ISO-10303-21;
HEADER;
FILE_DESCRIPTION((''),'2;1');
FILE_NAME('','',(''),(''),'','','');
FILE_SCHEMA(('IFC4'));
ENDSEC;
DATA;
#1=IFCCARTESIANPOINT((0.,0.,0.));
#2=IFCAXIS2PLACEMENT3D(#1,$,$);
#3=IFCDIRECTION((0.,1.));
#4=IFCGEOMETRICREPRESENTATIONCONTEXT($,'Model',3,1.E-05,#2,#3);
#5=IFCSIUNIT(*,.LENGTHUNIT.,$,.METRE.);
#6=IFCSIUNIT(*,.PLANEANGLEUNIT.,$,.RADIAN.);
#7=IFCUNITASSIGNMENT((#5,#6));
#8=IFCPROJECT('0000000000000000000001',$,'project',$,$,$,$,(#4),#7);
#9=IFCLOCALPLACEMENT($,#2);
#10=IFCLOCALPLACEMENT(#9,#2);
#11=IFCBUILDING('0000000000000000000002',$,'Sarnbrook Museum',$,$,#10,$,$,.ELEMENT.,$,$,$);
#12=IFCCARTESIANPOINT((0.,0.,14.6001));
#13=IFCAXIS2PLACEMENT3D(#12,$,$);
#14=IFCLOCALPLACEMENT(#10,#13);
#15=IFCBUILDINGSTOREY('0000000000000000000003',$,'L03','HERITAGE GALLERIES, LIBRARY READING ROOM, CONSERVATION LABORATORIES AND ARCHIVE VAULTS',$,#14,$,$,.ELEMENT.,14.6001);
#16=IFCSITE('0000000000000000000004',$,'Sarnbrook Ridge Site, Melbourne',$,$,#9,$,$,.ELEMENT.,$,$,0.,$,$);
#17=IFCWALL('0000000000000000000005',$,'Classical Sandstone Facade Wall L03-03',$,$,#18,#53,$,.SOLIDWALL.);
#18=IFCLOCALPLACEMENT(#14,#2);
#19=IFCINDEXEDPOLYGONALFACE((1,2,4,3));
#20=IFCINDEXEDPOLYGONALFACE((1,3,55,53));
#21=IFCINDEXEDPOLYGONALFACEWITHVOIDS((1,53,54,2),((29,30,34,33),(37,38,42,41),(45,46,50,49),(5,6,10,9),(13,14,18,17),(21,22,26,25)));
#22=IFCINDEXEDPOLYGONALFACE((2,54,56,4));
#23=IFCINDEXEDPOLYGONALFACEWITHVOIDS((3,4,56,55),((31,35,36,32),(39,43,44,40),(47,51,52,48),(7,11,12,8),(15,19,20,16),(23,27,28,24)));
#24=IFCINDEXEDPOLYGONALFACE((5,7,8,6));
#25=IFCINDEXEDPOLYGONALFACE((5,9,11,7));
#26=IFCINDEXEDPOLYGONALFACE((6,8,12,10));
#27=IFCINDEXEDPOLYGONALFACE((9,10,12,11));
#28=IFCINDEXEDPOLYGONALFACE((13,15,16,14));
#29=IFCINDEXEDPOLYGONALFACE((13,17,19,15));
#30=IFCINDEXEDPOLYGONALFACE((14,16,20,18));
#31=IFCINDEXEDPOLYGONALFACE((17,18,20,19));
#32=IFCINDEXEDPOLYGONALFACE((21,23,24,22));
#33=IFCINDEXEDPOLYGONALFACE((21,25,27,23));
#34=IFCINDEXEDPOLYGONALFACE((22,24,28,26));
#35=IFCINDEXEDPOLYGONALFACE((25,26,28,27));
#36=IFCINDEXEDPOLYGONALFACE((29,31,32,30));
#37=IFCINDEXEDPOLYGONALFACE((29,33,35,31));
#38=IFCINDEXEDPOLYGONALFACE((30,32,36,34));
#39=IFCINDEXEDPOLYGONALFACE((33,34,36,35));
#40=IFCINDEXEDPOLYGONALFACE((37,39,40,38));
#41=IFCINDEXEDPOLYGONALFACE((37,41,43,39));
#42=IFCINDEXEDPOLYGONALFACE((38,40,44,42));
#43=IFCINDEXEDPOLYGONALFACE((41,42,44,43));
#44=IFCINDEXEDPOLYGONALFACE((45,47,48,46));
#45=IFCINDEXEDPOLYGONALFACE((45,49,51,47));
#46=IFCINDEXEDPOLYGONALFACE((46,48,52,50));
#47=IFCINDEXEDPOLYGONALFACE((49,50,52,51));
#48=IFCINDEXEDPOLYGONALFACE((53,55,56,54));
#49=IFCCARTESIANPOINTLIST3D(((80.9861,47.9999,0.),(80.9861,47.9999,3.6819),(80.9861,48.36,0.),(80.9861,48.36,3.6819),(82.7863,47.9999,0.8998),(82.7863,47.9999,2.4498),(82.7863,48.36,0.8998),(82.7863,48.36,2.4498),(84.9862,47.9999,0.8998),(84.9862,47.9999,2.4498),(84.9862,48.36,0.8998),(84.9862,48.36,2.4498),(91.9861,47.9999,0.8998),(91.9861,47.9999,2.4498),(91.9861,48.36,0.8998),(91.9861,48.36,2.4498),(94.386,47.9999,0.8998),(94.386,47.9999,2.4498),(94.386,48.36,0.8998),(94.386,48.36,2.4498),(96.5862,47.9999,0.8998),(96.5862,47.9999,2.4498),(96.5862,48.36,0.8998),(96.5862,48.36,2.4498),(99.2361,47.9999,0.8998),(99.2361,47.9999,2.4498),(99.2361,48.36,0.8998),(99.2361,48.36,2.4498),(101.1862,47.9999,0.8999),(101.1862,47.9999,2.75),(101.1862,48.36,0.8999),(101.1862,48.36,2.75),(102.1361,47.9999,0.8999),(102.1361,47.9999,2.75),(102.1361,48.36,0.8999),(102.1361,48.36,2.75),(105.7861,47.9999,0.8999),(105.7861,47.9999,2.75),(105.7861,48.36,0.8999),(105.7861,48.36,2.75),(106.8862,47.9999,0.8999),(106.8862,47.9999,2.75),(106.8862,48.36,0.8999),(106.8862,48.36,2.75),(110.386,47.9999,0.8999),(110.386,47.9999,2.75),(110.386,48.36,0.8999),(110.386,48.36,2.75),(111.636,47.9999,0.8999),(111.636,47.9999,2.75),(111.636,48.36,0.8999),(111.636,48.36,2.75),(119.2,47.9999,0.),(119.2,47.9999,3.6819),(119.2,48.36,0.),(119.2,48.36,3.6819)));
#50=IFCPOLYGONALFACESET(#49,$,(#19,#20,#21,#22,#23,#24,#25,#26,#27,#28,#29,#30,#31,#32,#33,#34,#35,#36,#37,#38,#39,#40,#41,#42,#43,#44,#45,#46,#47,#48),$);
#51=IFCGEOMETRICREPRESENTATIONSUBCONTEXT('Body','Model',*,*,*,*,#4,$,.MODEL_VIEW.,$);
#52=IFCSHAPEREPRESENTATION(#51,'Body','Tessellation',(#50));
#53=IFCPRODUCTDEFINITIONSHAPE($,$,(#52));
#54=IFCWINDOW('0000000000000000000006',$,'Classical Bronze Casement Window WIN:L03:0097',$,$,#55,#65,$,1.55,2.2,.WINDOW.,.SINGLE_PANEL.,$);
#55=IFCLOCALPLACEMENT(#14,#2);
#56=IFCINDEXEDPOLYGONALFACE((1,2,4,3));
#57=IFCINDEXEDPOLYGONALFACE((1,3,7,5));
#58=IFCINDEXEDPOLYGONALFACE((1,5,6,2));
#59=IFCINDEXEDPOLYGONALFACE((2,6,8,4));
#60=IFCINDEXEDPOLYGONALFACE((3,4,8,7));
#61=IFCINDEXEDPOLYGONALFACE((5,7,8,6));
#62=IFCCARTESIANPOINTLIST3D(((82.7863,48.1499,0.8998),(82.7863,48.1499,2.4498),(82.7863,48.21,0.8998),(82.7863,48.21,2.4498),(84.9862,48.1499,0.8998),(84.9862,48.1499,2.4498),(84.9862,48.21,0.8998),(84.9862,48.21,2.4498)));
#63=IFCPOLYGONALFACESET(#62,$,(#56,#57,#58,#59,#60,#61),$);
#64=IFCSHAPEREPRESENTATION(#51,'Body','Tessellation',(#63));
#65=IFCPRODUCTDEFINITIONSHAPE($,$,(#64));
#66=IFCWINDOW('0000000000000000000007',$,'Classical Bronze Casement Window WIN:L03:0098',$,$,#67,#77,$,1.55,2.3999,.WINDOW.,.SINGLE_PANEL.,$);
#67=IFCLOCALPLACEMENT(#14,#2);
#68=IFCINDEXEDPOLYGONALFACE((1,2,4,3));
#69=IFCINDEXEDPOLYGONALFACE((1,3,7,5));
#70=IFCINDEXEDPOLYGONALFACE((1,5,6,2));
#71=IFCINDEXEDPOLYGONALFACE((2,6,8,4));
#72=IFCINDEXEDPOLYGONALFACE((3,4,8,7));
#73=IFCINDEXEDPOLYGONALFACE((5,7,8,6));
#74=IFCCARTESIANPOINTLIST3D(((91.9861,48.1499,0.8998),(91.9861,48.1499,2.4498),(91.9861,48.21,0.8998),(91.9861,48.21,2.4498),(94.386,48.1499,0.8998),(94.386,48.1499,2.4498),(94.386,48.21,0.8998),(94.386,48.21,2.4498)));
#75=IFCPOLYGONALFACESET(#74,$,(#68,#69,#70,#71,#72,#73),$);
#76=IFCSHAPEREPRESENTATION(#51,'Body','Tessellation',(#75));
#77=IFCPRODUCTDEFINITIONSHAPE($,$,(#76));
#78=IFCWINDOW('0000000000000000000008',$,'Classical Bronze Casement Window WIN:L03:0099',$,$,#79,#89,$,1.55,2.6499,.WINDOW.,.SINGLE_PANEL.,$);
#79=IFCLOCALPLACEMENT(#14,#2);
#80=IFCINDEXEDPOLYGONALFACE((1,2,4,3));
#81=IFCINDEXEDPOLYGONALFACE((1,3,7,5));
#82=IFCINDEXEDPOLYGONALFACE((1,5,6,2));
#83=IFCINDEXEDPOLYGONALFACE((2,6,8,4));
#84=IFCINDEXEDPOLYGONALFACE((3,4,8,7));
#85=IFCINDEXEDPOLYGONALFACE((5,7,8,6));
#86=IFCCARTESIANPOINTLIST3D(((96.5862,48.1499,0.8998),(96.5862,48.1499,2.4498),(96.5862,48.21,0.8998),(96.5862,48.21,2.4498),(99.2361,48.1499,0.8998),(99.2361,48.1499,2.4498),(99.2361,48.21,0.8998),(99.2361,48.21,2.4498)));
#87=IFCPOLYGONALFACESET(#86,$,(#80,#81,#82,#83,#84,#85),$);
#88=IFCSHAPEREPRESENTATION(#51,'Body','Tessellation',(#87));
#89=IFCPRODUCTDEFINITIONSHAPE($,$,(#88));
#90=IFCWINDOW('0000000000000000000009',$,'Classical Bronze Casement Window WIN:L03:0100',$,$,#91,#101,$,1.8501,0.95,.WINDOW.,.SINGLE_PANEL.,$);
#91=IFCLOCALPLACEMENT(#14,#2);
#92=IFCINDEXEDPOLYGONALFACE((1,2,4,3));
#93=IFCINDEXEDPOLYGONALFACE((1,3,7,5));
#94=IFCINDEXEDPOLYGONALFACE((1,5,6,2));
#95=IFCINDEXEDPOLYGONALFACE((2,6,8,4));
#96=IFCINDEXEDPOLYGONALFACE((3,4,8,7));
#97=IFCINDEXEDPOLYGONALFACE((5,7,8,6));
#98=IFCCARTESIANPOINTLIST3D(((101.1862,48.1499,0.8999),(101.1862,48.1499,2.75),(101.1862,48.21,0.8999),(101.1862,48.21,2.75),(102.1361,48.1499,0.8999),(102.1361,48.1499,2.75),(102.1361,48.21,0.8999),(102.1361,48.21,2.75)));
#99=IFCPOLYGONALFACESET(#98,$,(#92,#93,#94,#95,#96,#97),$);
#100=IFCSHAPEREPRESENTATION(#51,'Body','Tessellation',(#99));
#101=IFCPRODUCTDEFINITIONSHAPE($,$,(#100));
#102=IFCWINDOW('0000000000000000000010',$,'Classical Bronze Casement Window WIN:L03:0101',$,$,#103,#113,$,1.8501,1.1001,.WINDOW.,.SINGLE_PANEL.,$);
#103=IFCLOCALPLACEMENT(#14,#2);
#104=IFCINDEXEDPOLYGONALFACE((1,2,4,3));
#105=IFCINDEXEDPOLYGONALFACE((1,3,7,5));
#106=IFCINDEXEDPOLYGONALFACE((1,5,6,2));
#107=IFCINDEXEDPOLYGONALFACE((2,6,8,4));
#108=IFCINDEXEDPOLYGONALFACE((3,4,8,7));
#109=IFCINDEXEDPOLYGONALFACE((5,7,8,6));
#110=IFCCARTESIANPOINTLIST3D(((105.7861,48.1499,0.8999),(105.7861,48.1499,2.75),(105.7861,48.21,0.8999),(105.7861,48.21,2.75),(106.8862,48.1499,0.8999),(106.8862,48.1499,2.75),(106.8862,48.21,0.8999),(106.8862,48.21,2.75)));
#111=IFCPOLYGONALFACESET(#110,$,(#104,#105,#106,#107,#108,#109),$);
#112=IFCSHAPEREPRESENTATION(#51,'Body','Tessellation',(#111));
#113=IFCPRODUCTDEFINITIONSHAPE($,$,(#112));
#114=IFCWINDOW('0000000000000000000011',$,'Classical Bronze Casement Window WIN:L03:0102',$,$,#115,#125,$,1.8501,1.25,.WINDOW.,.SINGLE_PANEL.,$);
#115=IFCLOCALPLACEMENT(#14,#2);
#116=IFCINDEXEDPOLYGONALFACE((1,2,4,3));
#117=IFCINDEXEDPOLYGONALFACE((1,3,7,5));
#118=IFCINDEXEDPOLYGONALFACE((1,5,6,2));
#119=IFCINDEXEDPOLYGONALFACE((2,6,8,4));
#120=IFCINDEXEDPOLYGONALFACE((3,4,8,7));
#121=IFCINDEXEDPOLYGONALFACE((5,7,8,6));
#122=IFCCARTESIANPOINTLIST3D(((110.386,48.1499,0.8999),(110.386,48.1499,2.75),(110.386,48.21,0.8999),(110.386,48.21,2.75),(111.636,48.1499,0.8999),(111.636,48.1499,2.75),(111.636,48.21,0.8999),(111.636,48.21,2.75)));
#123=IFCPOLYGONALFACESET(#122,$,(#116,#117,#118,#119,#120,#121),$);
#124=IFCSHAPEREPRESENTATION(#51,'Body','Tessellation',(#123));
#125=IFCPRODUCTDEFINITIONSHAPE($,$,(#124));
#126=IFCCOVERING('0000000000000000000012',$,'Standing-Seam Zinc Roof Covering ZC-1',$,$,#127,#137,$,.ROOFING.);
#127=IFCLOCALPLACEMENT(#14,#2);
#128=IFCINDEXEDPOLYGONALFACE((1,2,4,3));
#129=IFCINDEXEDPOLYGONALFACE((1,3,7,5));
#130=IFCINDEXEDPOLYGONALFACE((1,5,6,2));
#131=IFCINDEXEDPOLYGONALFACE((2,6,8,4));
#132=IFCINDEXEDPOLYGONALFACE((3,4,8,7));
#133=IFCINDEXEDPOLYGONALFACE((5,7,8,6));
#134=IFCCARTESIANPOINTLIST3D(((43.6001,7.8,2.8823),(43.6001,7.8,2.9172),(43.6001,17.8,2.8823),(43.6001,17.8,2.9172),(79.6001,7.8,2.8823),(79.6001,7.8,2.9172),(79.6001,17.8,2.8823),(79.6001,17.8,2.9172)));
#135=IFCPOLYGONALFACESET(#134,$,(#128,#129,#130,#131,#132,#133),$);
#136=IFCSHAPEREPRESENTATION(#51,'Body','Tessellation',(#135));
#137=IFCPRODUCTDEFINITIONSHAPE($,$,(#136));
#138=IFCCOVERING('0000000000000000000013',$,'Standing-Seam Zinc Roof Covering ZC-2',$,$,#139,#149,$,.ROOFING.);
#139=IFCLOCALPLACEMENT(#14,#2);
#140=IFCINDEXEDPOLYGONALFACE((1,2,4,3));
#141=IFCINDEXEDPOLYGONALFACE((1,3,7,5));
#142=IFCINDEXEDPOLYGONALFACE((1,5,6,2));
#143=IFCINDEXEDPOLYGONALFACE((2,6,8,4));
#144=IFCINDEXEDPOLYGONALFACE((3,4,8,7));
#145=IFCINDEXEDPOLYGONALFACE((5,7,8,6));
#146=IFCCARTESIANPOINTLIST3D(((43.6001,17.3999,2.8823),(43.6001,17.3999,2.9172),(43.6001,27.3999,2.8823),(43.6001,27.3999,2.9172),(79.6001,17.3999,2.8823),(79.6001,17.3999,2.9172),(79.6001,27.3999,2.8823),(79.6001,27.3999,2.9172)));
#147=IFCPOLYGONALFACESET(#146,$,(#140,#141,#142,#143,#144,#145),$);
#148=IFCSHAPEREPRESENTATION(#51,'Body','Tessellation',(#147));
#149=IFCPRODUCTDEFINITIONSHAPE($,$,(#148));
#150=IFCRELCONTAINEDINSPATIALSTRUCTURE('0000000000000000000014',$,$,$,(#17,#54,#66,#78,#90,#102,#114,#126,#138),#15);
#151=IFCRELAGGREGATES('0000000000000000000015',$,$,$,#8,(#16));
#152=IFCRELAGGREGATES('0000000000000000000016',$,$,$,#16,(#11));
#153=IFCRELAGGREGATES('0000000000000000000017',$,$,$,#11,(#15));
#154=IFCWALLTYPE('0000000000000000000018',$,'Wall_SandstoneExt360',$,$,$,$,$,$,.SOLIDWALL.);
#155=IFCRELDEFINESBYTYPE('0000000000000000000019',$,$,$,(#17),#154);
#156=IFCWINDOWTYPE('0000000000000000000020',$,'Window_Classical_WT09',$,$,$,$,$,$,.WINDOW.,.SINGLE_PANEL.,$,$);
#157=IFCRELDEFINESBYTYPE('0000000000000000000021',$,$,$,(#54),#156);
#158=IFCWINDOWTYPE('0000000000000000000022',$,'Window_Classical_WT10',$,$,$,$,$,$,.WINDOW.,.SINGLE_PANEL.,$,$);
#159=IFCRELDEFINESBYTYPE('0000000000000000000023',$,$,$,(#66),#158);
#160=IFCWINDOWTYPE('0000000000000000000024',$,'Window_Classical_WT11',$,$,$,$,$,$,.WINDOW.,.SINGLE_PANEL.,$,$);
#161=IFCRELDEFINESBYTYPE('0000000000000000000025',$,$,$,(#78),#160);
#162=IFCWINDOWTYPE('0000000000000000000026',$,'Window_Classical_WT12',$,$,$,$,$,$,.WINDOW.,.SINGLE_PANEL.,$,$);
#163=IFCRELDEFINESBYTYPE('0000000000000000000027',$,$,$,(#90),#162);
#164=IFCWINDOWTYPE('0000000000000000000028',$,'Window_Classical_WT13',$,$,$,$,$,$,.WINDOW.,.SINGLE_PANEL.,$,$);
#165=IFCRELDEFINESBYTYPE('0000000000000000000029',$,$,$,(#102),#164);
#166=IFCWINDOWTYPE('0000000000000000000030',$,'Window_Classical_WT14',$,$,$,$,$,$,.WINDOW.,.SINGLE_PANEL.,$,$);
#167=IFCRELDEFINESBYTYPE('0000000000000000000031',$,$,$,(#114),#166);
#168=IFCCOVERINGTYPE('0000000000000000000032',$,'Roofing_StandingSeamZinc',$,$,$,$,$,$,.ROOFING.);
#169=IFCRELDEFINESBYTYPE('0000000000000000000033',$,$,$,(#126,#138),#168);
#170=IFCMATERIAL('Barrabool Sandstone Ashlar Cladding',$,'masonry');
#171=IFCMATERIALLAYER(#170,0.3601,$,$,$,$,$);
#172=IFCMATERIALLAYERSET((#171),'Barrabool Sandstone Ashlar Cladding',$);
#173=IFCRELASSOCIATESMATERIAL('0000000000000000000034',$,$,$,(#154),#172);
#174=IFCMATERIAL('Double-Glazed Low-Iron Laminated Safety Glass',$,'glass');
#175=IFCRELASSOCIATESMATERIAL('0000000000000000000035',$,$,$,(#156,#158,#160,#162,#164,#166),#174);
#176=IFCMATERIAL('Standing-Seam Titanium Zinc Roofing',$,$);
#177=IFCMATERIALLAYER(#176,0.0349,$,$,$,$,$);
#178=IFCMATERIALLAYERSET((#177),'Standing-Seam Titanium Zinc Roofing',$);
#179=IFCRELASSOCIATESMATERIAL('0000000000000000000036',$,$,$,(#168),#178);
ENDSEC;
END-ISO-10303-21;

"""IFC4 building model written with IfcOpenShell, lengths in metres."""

from ifc_helpers import new_model, si_unit, direction, frame, frame_2d, origin, origin_2d, place, context, subcontext, project, spatial, rectangle, extrude, material, layer, layer_set, type_object, element, fill, save


model = new_model("IFC4")

# Units and contexts
model_context = context("Model", 3, precision=1e-05, world=origin(), true_north=direction((0.0, 1.0)))
body_context = subcontext(model_context, "Body", "Model", "MODEL_VIEW")
ifc_project = project(units=[si_unit("LENGTHUNIT", "METRE"), si_unit("PLANEANGLEUNIT", "RADIAN")], contexts=[model_context])

# Site, building, storey
site_placement = place(None, origin())
site = spatial("IfcSite", under=ifc_project, at=site_placement, Name="Sarnbrook Ridge Site, Melbourne", CompositionType="ELEMENT", RefElevation=0.0)
building_placement = place(site_placement, origin())
building = spatial("IfcBuilding", under=site, at=building_placement, Name="Sarnbrook Museum", CompositionType="ELEMENT")
storey_placement = place(building_placement, frame((0.0, 0.0, 14.6001)))
storey = spatial("IfcBuildingStorey", under=building, at=storey_placement, Name="L03", Description="HERITAGE GALLERIES, LIBRARY READING ROOM, CONSERVATION LABORATORIES AND ARCHIVE VAULTS", CompositionType="ELEMENT", Elevation=14.6001)

# Shared definitions
ifc_material_1 = material(Name="Double-Glazed Low-Iron Laminated Safety Glass", Category="glass")

# Shared definitions
ifc_material_2 = material(Name="Barrabool Sandstone Ashlar Cladding", Category="masonry")
ifc_layer_1 = layer(ifc_material_2, 0.3601)
ifc_layer_set_1 = layer_set([ifc_layer_1], Name="Barrabool Sandstone Ashlar Cladding")
wall_type_1 = type_object("IfcWallType", Name="Wall_SandstoneExt360", PredefinedType="SOLIDWALL", material=ifc_layer_set_1)

# Wall, openings, windows
wall_1_placement = place(storey_placement, frame((80.9861, 48.1799, 0.0), z_axis=(0.0, 0.0, 1.0), x_axis=(1.0, 0.0, 0.0)))
wall_1 = element("IfcWall", 1, at=wall_1_placement, inside=storey, type_object=wall_type_1, Name="Classical Sandstone Facade Wall L03-03", PredefinedType="SOLIDWALL", context=body_context, shape_type="SweptSolid", body=[
    extrude(rectangle(XDim=38.2139, YDim=0.3601, at=frame_2d((19.1069, 0.0))), origin(), (0.0, 0.0, 1.0), 3.6819),
])
opening_1_placement = place(wall_1_placement, frame((1.8, 0.0, 0.8999)))
opening_1 = element("IfcOpeningElement", 2, at=opening_1_placement, cuts=wall_1, PredefinedType="OPENING", context=body_context, shape_type="SweptSolid", body=[
    extrude(rectangle(XDim=2.2, YDim=1.55, at=frame_2d((1.1001, 0.7749))), frame((0.0, 0.1899, 0.0), z_axis=(0.0, -1.0, 0.0), x_axis=(1.0, 0.0, 0.0)), (0.0, 0.0, 1.0), 0.3801),
])
opening_2_placement = place(wall_1_placement, frame((11.0, 0.0, 0.8999)))
opening_2 = element("IfcOpeningElement", 3, at=opening_2_placement, cuts=wall_1, PredefinedType="OPENING", context=body_context, shape_type="SweptSolid", body=[
    extrude(rectangle(XDim=2.3999, YDim=1.55, at=frame_2d((1.2, 0.7749))), frame((0.0, 0.1899, 0.0), z_axis=(0.0, -1.0, 0.0), x_axis=(1.0, 0.0, 0.0)), (0.0, 0.0, 1.0), 0.3801),
])
opening_3_placement = place(wall_1_placement, frame((15.6001, 0.0, 0.8999)))
opening_3 = element("IfcOpeningElement", 4, at=opening_3_placement, cuts=wall_1, PredefinedType="OPENING", context=body_context, shape_type="SweptSolid", body=[
    extrude(rectangle(XDim=2.6499, YDim=1.55, at=frame_2d((1.325, 0.7749))), frame((0.0, 0.1899, 0.0), z_axis=(0.0, -1.0, 0.0), x_axis=(1.0, 0.0, 0.0)), (0.0, 0.0, 1.0), 0.3801),
])
opening_4_placement = place(wall_1_placement, frame((20.2, 0.0, 0.8999)))
opening_4 = element("IfcOpeningElement", 5, at=opening_4_placement, cuts=wall_1, PredefinedType="OPENING", context=body_context, shape_type="SweptSolid", body=[
    extrude(rectangle(XDim=0.95, YDim=1.8501, at=frame_2d((0.4751, 0.925))), frame((0.0, 0.1899, 0.0), z_axis=(0.0, -1.0, 0.0), x_axis=(1.0, 0.0, 0.0)), (0.0, 0.0, 1.0), 0.3801),
])
opening_5_placement = place(wall_1_placement, frame((24.8, 0.0, 0.8999)))
opening_5 = element("IfcOpeningElement", 6, at=opening_5_placement, cuts=wall_1, PredefinedType="OPENING", context=body_context, shape_type="SweptSolid", body=[
    extrude(rectangle(XDim=1.1001, YDim=1.8501, at=frame_2d((0.55, 0.925))), frame((0.0, 0.1899, 0.0), z_axis=(0.0, -1.0, 0.0), x_axis=(1.0, 0.0, 0.0)), (0.0, 0.0, 1.0), 0.3801),
])
opening_6_placement = place(wall_1_placement, frame((29.3999, 0.0, 0.8999)))
opening_6 = element("IfcOpeningElement", 7, at=opening_6_placement, cuts=wall_1, PredefinedType="OPENING", context=body_context, shape_type="SweptSolid", body=[
    extrude(rectangle(XDim=1.25, YDim=1.8501, at=frame_2d((0.625, 0.925))), frame((0.0, 0.1899, 0.0), z_axis=(0.0, -1.0, 0.0), x_axis=(1.0, 0.0, 0.0)), (0.0, 0.0, 1.0), 0.3801),
])
window_type_1 = type_object("IfcWindowType", Name="Window_Classical_WT09", PartitioningType="SINGLE_PANEL", PredefinedType="WINDOW", material=ifc_material_1)
window_1_placement = place(opening_1_placement, origin())
window_1 = element("IfcWindow", 8, at=window_1_placement, inside=storey, type_object=window_type_1, Name="Classical Bronze Casement Window WIN:L03:0097", OverallHeight=1.55, OverallWidth=2.2, PartitioningType="SINGLE_PANEL", PredefinedType="WINDOW", context=body_context, shape_type="SweptSolid", body=[
    extrude(rectangle(XDim=2.2, YDim=1.55, at=frame_2d((1.1001, 0.7749))), frame((0.0, 0.03, 0.0), z_axis=(0.0, -1.0, 0.0), x_axis=(1.0, 0.0, 0.0)), (0.0, 0.0, 1.0), 0.0601),
])
fill(opening_1, window_1)
window_type_2 = type_object("IfcWindowType", Name="Window_Classical_WT10", PartitioningType="SINGLE_PANEL", PredefinedType="WINDOW", material=ifc_material_1)
window_2_placement = place(opening_2_placement, origin())
window_2 = element("IfcWindow", 9, at=window_2_placement, inside=storey, type_object=window_type_2, Name="Classical Bronze Casement Window WIN:L03:0098", OverallHeight=1.55, OverallWidth=2.3999, PartitioningType="SINGLE_PANEL", PredefinedType="WINDOW", context=body_context, shape_type="SweptSolid", body=[
    extrude(rectangle(XDim=2.3999, YDim=1.55, at=frame_2d((1.2, 0.7749))), frame((0.0, 0.03, 0.0), z_axis=(0.0, -1.0, 0.0), x_axis=(1.0, 0.0, 0.0)), (0.0, 0.0, 1.0), 0.0601),
])
fill(opening_2, window_2)
window_type_3 = type_object("IfcWindowType", Name="Window_Classical_WT11", PartitioningType="SINGLE_PANEL", PredefinedType="WINDOW", material=ifc_material_1)
window_3_placement = place(opening_3_placement, origin())
window_3 = element("IfcWindow", 10, at=window_3_placement, inside=storey, type_object=window_type_3, Name="Classical Bronze Casement Window WIN:L03:0099", OverallHeight=1.55, OverallWidth=2.6499, PartitioningType="SINGLE_PANEL", PredefinedType="WINDOW", context=body_context, shape_type="SweptSolid", body=[
    extrude(rectangle(XDim=2.6499, YDim=1.55, at=frame_2d((1.325, 0.7749))), frame((0.0, 0.03, 0.0), z_axis=(0.0, -1.0, 0.0), x_axis=(1.0, 0.0, 0.0)), (0.0, 0.0, 1.0), 0.0601),
])
fill(opening_3, window_3)
window_type_4 = type_object("IfcWindowType", Name="Window_Classical_WT12", PartitioningType="SINGLE_PANEL", PredefinedType="WINDOW", material=ifc_material_1)
window_4_placement = place(opening_4_placement, origin())
window_4 = element("IfcWindow", 11, at=window_4_placement, inside=storey, type_object=window_type_4, Name="Classical Bronze Casement Window WIN:L03:0100", OverallHeight=1.8501, OverallWidth=0.95, PartitioningType="SINGLE_PANEL", PredefinedType="WINDOW", context=body_context, shape_type="SweptSolid", body=[
    extrude(rectangle(XDim=0.95, YDim=1.8501, at=frame_2d((0.4751, 0.925))), frame((0.0, 0.03, 0.0), z_axis=(0.0, -1.0, 0.0), x_axis=(1.0, 0.0, 0.0)), (0.0, 0.0, 1.0), 0.0601),
])
fill(opening_4, window_4)
window_type_5 = type_object("IfcWindowType", Name="Window_Classical_WT13", PartitioningType="SINGLE_PANEL", PredefinedType="WINDOW", material=ifc_material_1)
window_5_placement = place(opening_5_placement, origin())
window_5 = element("IfcWindow", 12, at=window_5_placement, inside=storey, type_object=window_type_5, Name="Classical Bronze Casement Window WIN:L03:0101", OverallHeight=1.8501, OverallWidth=1.1001, PartitioningType="SINGLE_PANEL", PredefinedType="WINDOW", context=body_context, shape_type="SweptSolid", body=[
    extrude(rectangle(XDim=1.1001, YDim=1.8501, at=frame_2d((0.55, 0.925))), frame((0.0, 0.03, 0.0), z_axis=(0.0, -1.0, 0.0), x_axis=(1.0, 0.0, 0.0)), (0.0, 0.0, 1.0), 0.0601),
])
fill(opening_5, window_5)
window_type_6 = type_object("IfcWindowType", Name="Window_Classical_WT14", PartitioningType="SINGLE_PANEL", PredefinedType="WINDOW", material=ifc_material_1)
window_6_placement = place(opening_6_placement, origin())
window_6 = element("IfcWindow", 13, at=window_6_placement, inside=storey, type_object=window_type_6, Name="Classical Bronze Casement Window WIN:L03:0102", OverallHeight=1.8501, OverallWidth=1.25, PartitioningType="SINGLE_PANEL", PredefinedType="WINDOW", context=body_context, shape_type="SweptSolid", body=[
    extrude(rectangle(XDim=1.25, YDim=1.8501, at=frame_2d((0.625, 0.925))), frame((0.0, 0.03, 0.0), z_axis=(0.0, -1.0, 0.0), x_axis=(1.0, 0.0, 0.0)), (0.0, 0.0, 1.0), 0.0601),
])
fill(opening_6, window_6)

# Coverings
ifc_material_3 = material(Name="Standing-Seam Titanium Zinc Roofing")
ifc_layer_2 = layer(ifc_material_3, 0.0349)
ifc_layer_set_2 = layer_set([ifc_layer_2], Name="Standing-Seam Titanium Zinc Roofing")
covering_type = type_object("IfcCoveringType", Name="Roofing_StandingSeamZinc", PredefinedType="ROOFING", material=ifc_layer_set_2)
for number, where, z_axis, x_axis, name in (
    (14, (61.6001, 12.8, 2.8823), (0.0, 0.0, 1.0), (1.0, 0.0, 0.0), "Standing-Seam Zinc Roof Covering ZC-1"),
    (15, (61.6001, 22.3999, 2.8823), (0.0, 0.0, 1.0), (1.0, 0.0, 0.0), "Standing-Seam Zinc Roof Covering ZC-2"),
):
    element("IfcCovering", number, at=place(storey_placement, frame(where, z_axis=z_axis, x_axis=x_axis)), inside=storey, type_object=covering_type, Name=name, PredefinedType="ROOFING", context=body_context, shape_type="SweptSolid", body=[
        extrude(rectangle(XDim=36.0, YDim=10.0, at=origin_2d()), origin(), (0.0, 0.0, 1.0), 0.0349),
    ])

save(model, "model.ifc")
